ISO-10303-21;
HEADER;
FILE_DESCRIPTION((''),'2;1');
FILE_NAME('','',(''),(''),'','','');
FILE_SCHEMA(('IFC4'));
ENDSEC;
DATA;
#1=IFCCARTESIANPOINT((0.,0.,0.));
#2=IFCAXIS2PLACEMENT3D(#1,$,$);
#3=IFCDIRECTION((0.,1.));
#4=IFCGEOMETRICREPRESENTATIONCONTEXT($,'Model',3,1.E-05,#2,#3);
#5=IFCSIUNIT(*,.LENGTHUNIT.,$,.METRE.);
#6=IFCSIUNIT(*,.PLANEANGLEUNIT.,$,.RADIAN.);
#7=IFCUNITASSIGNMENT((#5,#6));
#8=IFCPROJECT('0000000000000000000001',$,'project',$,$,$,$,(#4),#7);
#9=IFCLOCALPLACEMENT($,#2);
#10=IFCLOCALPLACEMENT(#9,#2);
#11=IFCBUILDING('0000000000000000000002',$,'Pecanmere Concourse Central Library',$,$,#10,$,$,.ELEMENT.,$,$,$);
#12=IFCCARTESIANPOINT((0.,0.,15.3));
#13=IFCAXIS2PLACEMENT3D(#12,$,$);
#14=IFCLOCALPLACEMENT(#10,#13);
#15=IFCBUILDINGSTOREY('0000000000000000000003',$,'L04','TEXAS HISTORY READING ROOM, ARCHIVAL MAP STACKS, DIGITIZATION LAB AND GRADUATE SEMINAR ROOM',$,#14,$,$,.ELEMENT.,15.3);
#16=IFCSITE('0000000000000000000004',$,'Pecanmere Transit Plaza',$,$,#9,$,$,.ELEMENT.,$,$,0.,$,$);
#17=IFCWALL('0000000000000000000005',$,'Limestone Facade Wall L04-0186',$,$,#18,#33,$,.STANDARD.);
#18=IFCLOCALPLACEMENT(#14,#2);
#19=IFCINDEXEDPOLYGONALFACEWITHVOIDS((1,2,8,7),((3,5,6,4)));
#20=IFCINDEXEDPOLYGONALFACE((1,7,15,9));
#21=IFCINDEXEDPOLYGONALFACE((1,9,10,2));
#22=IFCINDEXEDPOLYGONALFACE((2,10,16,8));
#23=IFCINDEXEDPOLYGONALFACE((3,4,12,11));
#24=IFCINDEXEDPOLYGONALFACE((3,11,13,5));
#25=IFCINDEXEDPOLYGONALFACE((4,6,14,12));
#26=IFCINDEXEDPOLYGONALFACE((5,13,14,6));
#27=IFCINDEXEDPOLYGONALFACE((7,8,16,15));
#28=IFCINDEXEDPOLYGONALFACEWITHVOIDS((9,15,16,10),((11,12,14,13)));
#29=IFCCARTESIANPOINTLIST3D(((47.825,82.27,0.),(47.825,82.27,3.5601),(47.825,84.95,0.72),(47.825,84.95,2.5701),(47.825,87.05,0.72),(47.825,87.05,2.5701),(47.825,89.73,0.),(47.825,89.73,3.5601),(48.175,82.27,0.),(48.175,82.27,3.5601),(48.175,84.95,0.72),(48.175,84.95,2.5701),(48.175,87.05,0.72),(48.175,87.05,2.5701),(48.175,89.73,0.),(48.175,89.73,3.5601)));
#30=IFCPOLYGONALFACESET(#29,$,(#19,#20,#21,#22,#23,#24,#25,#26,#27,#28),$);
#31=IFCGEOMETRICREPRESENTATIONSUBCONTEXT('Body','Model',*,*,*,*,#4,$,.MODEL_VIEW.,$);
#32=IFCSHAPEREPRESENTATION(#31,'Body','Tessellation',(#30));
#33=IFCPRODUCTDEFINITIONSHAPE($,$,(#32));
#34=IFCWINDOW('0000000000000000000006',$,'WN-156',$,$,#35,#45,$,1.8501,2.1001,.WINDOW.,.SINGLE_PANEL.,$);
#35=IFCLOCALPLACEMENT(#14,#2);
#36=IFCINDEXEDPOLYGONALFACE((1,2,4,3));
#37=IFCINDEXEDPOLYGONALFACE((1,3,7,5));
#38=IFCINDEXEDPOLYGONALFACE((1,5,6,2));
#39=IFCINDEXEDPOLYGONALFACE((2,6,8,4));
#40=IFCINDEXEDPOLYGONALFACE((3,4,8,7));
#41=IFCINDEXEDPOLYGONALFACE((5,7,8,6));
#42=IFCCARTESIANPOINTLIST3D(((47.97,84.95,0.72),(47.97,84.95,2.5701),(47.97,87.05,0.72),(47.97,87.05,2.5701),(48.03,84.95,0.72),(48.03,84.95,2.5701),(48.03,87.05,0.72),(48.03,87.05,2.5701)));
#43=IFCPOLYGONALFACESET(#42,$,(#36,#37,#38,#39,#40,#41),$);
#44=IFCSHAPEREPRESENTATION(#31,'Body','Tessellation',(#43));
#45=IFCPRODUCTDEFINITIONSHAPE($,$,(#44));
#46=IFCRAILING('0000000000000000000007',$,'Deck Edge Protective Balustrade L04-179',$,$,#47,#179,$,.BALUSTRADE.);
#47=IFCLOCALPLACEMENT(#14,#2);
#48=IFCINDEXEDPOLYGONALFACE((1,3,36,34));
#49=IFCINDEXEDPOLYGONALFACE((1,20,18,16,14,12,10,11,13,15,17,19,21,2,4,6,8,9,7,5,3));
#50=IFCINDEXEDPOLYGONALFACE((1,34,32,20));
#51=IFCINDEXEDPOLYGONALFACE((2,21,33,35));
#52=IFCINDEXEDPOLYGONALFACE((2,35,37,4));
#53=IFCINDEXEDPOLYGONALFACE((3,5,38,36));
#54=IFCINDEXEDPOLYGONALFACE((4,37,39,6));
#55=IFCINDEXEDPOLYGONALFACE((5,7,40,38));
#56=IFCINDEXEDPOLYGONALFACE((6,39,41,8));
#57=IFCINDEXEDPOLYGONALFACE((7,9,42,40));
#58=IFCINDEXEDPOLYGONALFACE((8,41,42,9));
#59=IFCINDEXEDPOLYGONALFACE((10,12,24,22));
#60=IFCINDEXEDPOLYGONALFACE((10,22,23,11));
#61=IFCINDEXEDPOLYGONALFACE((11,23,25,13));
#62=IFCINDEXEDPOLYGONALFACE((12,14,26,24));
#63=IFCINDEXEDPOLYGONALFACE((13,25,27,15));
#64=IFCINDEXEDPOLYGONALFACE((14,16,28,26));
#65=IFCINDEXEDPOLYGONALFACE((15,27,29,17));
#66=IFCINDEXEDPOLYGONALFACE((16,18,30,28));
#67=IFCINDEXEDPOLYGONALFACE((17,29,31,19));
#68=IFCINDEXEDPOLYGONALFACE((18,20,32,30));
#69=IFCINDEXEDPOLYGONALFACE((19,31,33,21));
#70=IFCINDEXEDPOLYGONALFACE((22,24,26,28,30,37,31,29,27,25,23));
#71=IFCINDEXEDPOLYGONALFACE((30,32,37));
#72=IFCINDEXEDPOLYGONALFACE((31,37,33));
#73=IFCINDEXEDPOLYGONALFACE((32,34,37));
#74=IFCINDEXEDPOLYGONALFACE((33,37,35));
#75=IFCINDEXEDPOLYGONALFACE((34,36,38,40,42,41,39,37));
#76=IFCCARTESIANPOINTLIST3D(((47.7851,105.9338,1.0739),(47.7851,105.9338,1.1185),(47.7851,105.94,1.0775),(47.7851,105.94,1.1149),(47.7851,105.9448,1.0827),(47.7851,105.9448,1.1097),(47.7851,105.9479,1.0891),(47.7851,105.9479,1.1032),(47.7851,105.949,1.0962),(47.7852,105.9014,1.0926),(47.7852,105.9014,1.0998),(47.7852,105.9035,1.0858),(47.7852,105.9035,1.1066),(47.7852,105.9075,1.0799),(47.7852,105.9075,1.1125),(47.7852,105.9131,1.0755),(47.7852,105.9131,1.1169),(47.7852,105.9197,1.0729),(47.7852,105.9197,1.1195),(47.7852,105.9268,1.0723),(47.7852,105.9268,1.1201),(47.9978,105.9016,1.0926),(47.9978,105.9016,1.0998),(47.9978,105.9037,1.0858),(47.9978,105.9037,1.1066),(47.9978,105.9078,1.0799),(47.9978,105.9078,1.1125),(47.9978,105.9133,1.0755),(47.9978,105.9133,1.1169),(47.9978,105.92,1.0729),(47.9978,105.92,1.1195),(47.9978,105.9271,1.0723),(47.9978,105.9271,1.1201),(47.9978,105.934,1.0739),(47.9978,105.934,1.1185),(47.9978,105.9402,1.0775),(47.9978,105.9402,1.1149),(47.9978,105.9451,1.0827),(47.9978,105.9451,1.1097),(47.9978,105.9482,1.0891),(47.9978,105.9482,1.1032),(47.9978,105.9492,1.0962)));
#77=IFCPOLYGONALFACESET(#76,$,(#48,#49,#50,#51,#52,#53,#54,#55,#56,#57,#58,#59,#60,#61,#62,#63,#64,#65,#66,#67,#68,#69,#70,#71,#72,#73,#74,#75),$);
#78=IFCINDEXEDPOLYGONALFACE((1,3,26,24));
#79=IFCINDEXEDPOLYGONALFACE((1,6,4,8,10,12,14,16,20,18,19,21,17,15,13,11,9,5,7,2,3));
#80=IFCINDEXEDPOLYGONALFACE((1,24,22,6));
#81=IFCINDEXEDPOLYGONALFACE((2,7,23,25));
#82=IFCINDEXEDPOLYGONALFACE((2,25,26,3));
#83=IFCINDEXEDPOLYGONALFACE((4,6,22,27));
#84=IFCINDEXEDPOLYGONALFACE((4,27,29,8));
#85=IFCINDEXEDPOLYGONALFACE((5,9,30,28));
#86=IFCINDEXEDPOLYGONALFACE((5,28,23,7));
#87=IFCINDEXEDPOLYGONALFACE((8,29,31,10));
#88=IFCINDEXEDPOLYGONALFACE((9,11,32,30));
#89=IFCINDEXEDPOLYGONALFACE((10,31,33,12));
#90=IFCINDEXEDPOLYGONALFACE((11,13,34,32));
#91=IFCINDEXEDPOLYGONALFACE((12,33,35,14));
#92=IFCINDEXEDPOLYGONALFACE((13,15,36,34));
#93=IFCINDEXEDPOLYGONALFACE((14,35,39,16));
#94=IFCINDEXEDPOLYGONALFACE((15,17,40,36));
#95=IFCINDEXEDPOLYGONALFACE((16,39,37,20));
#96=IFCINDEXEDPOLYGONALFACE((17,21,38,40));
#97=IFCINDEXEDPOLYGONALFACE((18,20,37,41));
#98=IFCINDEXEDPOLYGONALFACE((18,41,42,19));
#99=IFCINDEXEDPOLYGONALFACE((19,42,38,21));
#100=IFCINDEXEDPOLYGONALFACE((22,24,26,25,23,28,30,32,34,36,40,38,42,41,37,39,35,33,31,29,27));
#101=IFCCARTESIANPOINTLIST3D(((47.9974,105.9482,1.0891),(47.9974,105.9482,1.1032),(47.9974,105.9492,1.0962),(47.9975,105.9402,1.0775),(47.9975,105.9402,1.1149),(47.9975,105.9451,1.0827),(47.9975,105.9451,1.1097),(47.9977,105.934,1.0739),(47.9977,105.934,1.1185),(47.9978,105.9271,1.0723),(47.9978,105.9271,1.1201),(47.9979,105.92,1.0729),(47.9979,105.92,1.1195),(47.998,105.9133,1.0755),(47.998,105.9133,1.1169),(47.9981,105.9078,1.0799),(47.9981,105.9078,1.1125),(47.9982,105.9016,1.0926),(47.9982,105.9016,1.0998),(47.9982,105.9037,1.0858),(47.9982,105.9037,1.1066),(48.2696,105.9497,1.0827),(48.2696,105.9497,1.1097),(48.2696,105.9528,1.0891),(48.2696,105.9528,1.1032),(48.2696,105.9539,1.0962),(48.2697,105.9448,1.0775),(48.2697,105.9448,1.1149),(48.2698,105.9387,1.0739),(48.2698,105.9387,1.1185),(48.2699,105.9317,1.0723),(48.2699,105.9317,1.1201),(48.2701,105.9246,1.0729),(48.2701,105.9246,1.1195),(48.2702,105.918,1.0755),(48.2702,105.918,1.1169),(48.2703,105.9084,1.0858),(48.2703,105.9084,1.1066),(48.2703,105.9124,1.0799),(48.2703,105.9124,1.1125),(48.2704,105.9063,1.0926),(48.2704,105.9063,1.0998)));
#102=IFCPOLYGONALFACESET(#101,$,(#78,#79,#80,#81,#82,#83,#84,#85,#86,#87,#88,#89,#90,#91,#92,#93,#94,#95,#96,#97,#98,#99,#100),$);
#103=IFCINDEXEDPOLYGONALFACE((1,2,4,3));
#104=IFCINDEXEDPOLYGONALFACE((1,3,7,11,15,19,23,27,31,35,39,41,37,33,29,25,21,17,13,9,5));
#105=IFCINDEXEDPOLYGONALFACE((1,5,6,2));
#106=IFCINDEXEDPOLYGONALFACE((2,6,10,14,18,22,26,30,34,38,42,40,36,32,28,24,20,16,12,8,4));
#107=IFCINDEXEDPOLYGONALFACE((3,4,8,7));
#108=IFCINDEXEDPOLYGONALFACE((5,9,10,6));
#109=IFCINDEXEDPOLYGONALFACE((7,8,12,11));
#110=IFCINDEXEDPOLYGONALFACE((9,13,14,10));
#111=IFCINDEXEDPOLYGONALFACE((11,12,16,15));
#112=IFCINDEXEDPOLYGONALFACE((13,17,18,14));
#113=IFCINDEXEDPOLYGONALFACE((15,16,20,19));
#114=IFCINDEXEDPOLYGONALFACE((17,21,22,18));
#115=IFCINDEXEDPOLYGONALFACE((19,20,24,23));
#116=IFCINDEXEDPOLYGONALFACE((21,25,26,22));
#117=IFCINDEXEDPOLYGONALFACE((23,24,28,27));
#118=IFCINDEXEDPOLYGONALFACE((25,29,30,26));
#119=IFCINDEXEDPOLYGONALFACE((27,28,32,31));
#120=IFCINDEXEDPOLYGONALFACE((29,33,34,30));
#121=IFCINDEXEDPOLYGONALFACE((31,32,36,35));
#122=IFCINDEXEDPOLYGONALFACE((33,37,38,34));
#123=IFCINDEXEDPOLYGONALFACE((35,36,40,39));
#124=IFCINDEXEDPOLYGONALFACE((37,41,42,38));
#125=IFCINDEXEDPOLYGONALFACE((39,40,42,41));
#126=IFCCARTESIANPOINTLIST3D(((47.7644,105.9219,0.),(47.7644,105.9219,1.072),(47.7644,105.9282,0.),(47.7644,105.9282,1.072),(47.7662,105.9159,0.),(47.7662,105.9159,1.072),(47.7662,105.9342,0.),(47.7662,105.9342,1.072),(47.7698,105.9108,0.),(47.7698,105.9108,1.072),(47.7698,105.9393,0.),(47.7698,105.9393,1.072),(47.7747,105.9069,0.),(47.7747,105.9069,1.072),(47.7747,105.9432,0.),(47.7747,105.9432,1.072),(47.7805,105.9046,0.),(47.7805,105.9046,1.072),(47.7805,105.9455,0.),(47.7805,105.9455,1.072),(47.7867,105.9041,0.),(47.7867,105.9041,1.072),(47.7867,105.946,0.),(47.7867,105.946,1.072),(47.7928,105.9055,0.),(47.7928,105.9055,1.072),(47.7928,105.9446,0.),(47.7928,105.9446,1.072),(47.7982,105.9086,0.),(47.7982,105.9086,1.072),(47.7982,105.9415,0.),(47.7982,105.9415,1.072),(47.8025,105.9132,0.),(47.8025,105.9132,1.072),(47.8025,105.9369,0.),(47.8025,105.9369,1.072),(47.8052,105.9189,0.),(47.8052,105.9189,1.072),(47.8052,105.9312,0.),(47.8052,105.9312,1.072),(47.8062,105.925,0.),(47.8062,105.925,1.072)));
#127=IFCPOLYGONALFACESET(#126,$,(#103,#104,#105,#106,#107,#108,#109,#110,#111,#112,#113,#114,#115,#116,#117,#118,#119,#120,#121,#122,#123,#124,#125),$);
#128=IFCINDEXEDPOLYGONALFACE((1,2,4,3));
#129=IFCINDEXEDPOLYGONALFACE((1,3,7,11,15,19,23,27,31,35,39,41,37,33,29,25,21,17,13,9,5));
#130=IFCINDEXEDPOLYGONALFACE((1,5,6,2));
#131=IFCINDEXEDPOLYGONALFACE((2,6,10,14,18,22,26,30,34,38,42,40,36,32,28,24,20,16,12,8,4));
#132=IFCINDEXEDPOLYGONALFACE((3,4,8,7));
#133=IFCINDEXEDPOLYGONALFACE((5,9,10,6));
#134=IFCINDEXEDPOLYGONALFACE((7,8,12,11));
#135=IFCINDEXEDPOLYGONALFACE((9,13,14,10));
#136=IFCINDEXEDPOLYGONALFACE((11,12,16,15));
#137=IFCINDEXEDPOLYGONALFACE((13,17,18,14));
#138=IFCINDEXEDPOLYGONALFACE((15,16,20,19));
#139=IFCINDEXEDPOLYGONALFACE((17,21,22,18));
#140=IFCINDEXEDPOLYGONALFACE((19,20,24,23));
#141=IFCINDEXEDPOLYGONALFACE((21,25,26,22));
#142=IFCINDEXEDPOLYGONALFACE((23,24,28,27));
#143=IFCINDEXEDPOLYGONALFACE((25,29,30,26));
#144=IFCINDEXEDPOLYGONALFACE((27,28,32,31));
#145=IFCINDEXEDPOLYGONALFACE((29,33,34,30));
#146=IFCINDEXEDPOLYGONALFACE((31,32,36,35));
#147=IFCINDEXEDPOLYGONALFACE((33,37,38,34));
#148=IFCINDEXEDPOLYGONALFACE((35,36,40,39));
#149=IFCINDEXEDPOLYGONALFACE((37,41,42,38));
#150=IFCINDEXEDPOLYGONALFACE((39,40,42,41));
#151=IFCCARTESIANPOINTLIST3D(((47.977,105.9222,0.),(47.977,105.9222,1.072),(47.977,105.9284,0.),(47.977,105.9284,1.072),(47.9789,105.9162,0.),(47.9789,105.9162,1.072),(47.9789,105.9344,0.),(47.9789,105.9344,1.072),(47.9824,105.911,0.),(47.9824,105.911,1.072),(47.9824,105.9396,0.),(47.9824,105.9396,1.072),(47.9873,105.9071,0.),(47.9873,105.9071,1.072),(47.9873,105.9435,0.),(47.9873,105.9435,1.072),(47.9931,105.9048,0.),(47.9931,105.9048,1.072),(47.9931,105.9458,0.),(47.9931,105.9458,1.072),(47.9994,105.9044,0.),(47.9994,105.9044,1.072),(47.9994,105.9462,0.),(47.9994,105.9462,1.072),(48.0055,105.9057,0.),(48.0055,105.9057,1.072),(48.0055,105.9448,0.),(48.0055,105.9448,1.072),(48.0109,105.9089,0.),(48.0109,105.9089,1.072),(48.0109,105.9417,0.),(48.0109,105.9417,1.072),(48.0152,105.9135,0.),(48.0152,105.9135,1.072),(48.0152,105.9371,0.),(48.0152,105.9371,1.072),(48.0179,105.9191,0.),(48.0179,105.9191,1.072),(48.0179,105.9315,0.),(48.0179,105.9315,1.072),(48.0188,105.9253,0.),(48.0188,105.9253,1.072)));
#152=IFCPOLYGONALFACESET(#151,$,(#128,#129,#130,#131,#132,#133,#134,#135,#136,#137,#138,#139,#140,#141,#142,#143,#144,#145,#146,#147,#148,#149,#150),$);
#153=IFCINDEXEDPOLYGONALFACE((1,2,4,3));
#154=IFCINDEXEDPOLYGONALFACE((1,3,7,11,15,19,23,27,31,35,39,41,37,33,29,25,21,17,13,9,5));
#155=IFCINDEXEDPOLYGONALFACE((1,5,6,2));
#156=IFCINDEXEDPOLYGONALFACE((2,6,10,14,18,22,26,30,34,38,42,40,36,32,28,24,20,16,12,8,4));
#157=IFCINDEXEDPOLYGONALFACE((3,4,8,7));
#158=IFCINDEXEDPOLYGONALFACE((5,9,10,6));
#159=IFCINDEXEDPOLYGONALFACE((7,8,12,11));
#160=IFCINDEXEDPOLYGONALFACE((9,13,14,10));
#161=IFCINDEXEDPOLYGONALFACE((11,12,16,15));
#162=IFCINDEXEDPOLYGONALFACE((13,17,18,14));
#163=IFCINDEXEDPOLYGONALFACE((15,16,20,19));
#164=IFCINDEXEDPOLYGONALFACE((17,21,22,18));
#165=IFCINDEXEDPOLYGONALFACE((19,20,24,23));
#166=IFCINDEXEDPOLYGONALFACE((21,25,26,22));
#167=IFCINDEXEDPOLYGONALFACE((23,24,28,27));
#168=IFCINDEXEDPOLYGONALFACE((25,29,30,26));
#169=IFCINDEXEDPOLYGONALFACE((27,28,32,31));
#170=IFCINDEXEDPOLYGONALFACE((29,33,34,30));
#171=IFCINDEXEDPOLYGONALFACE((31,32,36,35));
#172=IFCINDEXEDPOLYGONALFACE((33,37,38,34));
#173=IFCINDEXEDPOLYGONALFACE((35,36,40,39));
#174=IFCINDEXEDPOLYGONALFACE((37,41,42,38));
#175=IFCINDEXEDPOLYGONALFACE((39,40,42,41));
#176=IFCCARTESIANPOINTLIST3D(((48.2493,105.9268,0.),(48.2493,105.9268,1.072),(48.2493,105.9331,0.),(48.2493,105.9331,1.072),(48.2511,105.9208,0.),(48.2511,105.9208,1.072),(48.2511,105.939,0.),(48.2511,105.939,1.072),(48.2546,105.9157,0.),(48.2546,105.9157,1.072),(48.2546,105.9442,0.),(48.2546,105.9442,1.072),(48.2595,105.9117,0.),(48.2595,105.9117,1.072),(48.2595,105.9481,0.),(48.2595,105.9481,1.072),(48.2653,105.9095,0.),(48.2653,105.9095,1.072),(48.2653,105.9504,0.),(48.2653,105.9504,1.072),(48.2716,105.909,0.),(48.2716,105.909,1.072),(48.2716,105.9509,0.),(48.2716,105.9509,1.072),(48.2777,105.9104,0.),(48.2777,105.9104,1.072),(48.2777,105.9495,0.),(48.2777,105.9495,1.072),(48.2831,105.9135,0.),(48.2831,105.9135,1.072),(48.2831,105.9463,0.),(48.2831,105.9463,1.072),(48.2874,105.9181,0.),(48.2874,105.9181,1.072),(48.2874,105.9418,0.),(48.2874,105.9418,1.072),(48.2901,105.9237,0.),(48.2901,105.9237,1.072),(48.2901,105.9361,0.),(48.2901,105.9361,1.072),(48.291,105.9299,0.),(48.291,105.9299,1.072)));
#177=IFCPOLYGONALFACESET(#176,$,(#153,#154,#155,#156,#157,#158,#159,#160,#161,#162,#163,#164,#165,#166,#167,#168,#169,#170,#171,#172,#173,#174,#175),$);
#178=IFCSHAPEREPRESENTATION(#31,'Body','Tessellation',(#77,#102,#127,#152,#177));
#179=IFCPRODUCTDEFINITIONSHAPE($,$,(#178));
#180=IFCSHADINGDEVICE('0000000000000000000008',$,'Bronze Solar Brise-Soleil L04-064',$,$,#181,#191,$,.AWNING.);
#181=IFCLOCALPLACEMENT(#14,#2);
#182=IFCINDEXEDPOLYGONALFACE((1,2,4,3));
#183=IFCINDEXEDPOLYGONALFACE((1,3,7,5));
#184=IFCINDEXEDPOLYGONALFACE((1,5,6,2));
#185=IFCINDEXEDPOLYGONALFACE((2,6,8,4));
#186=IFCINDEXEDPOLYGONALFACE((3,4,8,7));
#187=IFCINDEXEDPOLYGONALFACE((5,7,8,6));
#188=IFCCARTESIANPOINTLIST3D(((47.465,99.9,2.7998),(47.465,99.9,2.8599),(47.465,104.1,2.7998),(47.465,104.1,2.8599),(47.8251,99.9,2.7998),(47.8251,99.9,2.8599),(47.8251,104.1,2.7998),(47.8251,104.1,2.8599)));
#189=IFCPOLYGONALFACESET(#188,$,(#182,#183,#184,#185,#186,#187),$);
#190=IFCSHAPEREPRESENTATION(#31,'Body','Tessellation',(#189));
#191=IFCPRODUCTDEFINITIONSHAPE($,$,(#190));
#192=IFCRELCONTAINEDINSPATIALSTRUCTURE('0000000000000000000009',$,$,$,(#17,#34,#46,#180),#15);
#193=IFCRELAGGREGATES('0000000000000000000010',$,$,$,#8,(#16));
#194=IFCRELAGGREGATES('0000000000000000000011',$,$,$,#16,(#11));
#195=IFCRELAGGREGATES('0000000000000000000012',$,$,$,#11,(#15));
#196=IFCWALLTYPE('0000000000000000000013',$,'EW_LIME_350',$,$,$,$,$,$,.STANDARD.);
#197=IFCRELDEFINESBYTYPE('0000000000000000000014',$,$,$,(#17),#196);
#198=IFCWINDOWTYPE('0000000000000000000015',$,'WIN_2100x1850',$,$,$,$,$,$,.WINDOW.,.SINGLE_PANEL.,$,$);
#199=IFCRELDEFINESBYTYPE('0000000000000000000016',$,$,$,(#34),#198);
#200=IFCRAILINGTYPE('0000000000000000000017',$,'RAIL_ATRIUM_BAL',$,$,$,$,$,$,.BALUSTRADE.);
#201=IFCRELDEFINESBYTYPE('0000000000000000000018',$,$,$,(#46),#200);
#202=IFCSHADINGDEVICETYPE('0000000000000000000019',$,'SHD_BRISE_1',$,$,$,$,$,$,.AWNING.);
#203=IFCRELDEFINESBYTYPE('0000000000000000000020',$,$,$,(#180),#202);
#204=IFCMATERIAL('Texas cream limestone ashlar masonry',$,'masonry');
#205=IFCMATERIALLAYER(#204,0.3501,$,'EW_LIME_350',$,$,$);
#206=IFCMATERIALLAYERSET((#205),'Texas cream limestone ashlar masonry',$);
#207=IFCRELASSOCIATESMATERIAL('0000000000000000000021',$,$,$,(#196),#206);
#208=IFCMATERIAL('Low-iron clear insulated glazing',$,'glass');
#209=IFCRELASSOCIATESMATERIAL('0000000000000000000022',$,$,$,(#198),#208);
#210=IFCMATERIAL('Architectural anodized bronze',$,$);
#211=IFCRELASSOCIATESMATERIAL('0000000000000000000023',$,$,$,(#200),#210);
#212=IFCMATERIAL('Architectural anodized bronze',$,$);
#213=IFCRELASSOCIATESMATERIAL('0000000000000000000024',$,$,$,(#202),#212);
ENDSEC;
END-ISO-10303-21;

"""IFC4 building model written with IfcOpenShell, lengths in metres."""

from ifc_helpers import new_model, si_unit, direction, frame, frame_2d, origin, origin_2d, place, context, subcontext, project, spatial, rectangle, circle, extrude, material, layer, layer_set, type_object, element, fill, save


model = new_model("IFC4")

# Units and contexts
model_context = context("Model", 3, precision=1e-05, world=origin(), true_north=direction((0.0, 1.0)))
body_context = subcontext(model_context, "Body", "Model", "MODEL_VIEW")
ifc_project = project(units=[si_unit("LENGTHUNIT", "METRE"), si_unit("PLANEANGLEUNIT", "RADIAN")], contexts=[model_context])

# Site, building, storey
site_placement = place(None, origin())
site = spatial("IfcSite", under=ifc_project, at=site_placement, Name="Pecanmere Transit Plaza", CompositionType="ELEMENT", RefElevation=0.0)
building_placement = place(site_placement, origin())
building = spatial("IfcBuilding", under=site, at=building_placement, Name="Pecanmere Concourse Central Library", CompositionType="ELEMENT")
storey_placement = place(building_placement, frame((0.0, 0.0, 15.3)))
storey = spatial("IfcBuildingStorey", under=building, at=storey_placement, Name="L04", Description="TEXAS HISTORY READING ROOM, ARCHIVAL MAP STACKS, DIGITIZATION LAB AND GRADUATE SEMINAR ROOM", CompositionType="ELEMENT", Elevation=15.3)

# Wall, opening, window
ifc_material_1 = material(Name="Texas cream limestone ashlar masonry", Category="masonry")
ifc_layer = layer(ifc_material_1, 0.3501, Name="EW_LIME_350")
ifc_layer_set = layer_set([ifc_layer], Name="Texas cream limestone ashlar masonry")
wall_type = type_object("IfcWallType", Name="EW_LIME_350", PredefinedType="STANDARD", material=ifc_layer_set)
wall_placement = place(storey_placement, frame((48.0, 89.73, 0.0), z_axis=(0.0, 0.0, 1.0), x_axis=(0.0, -1.0, 0.0)))
wall = element("IfcWall", 1, at=wall_placement, inside=storey, type_object=wall_type, Name="Limestone Facade Wall L04-0186", PredefinedType="STANDARD", context=body_context, shape_type="SweptSolid", body=[
    extrude(rectangle(XDim=7.46, YDim=0.3501, at=frame_2d((3.73, 0.0))), origin(), (0.0, 0.0, 1.0), 3.5601),
])
opening_placement = place(wall_placement, frame((2.6799, 0.0, 0.72)))
opening = element("IfcOpeningElement", 2, at=opening_placement, cuts=wall, PredefinedType="OPENING", context=body_context, shape_type="SweptSolid", body=[
    extrude(rectangle(XDim=2.1001, YDim=1.8501, at=frame_2d((1.05, 0.925))), frame((0.0, 0.187, 0.0), z_axis=(0.0, -1.0, 0.0), x_axis=(1.0, 0.0, 0.0)), (0.0, 0.0, 1.0), 0.374),
])
ifc_material_2 = material(Name="Low-iron clear insulated glazing", Category="glass")
window_type = type_object("IfcWindowType", Name="WIN_2100x1850", PartitioningType="SINGLE_PANEL", PredefinedType="WINDOW", material=ifc_material_2)
window_placement = place(opening_placement, origin())
window = element("IfcWindow", 3, at=window_placement, inside=storey, type_object=window_type, Name="WN-156", OverallHeight=1.8501, OverallWidth=2.1001, PartitioningType="SINGLE_PANEL", PredefinedType="WINDOW", context=body_context, shape_type="SweptSolid", body=[
    extrude(rectangle(XDim=2.1001, YDim=1.8501, at=frame_2d((1.05, 0.925))), frame((0.0, 0.03, 0.0), z_axis=(0.0, -1.0, 0.0), x_axis=(1.0, 0.0, 0.0)), (0.0, 0.0, 1.0), 0.0601),
])
fill(opening, window)

# Railing
ifc_material_3 = material(Name="Architectural anodized bronze")
railing_type_1 = type_object("IfcRailingType", Name="RAIL_ATRIUM_BAL", PredefinedType="BALUSTRADE", material=ifc_material_3)
railing_1_placement = place(storey_placement, frame((47.7852, 105.925, 0.0)))
element("IfcRailing", 4, at=railing_1_placement, inside=storey, type_object=railing_type_1, Name="Deck Edge Protective Balustrade L04-179", PredefinedType="BALUSTRADE", context=body_context, shape_type="SweptSolid", body=[
    extrude(circle(Radius=0.0239, at=origin_2d()), frame((0.0, 0.0, 1.0962), z_axis=(0.999999, 0.001148, 0.0), x_axis=(-0.001148, 0.999999, 0.0)), (0.0, 0.0, 1.0), 0.2126),
    extrude(circle(Radius=0.0239, at=origin_2d()), frame((0.2126, 0.0002, 1.0962), z_axis=(0.999855, 0.017038, 0.0), x_axis=(-0.017038, 0.999855, 0.0)), (0.0, 0.0, 1.0), 0.2722),
    extrude(circle(Radius=0.021, at=origin_2d()), origin(), (0.0, 0.0, 1.0), 1.072),
    extrude(circle(Radius=0.021, at=origin_2d()), frame((0.2126, 0.0002, 0.0)), (0.0, 0.0, 1.0), 1.072),
    extrude(circle(Radius=0.021, at=origin_2d()), frame((0.4849, 0.0049, 0.0)), (0.0, 0.0, 1.0), 1.072),
])

# Shading device
ifc_material_4 = material(Name="Architectural anodized bronze")
shading_device_type = type_object("IfcShadingDeviceType", Name="SHD_BRISE_1", PredefinedType="AWNING", material=ifc_material_4)
shading_device_placement = place(storey_placement, frame((47.645, 102.0, 2.7998), z_axis=(0.0, 0.0, 1.0), x_axis=(0.0, -1.0, 0.0)))
element("IfcShadingDevice", 5, at=shading_device_placement, inside=storey, type_object=shading_device_type, Name="Bronze Solar Brise-Soleil L04-064", PredefinedType="AWNING", context=body_context, shape_type="SweptSolid", body=[
    extrude(rectangle(XDim=4.2, YDim=0.3601, at=origin_2d()), origin(), (0.0, 0.0, 1.0), 0.0601),
])

save(model, "model.ifc")
